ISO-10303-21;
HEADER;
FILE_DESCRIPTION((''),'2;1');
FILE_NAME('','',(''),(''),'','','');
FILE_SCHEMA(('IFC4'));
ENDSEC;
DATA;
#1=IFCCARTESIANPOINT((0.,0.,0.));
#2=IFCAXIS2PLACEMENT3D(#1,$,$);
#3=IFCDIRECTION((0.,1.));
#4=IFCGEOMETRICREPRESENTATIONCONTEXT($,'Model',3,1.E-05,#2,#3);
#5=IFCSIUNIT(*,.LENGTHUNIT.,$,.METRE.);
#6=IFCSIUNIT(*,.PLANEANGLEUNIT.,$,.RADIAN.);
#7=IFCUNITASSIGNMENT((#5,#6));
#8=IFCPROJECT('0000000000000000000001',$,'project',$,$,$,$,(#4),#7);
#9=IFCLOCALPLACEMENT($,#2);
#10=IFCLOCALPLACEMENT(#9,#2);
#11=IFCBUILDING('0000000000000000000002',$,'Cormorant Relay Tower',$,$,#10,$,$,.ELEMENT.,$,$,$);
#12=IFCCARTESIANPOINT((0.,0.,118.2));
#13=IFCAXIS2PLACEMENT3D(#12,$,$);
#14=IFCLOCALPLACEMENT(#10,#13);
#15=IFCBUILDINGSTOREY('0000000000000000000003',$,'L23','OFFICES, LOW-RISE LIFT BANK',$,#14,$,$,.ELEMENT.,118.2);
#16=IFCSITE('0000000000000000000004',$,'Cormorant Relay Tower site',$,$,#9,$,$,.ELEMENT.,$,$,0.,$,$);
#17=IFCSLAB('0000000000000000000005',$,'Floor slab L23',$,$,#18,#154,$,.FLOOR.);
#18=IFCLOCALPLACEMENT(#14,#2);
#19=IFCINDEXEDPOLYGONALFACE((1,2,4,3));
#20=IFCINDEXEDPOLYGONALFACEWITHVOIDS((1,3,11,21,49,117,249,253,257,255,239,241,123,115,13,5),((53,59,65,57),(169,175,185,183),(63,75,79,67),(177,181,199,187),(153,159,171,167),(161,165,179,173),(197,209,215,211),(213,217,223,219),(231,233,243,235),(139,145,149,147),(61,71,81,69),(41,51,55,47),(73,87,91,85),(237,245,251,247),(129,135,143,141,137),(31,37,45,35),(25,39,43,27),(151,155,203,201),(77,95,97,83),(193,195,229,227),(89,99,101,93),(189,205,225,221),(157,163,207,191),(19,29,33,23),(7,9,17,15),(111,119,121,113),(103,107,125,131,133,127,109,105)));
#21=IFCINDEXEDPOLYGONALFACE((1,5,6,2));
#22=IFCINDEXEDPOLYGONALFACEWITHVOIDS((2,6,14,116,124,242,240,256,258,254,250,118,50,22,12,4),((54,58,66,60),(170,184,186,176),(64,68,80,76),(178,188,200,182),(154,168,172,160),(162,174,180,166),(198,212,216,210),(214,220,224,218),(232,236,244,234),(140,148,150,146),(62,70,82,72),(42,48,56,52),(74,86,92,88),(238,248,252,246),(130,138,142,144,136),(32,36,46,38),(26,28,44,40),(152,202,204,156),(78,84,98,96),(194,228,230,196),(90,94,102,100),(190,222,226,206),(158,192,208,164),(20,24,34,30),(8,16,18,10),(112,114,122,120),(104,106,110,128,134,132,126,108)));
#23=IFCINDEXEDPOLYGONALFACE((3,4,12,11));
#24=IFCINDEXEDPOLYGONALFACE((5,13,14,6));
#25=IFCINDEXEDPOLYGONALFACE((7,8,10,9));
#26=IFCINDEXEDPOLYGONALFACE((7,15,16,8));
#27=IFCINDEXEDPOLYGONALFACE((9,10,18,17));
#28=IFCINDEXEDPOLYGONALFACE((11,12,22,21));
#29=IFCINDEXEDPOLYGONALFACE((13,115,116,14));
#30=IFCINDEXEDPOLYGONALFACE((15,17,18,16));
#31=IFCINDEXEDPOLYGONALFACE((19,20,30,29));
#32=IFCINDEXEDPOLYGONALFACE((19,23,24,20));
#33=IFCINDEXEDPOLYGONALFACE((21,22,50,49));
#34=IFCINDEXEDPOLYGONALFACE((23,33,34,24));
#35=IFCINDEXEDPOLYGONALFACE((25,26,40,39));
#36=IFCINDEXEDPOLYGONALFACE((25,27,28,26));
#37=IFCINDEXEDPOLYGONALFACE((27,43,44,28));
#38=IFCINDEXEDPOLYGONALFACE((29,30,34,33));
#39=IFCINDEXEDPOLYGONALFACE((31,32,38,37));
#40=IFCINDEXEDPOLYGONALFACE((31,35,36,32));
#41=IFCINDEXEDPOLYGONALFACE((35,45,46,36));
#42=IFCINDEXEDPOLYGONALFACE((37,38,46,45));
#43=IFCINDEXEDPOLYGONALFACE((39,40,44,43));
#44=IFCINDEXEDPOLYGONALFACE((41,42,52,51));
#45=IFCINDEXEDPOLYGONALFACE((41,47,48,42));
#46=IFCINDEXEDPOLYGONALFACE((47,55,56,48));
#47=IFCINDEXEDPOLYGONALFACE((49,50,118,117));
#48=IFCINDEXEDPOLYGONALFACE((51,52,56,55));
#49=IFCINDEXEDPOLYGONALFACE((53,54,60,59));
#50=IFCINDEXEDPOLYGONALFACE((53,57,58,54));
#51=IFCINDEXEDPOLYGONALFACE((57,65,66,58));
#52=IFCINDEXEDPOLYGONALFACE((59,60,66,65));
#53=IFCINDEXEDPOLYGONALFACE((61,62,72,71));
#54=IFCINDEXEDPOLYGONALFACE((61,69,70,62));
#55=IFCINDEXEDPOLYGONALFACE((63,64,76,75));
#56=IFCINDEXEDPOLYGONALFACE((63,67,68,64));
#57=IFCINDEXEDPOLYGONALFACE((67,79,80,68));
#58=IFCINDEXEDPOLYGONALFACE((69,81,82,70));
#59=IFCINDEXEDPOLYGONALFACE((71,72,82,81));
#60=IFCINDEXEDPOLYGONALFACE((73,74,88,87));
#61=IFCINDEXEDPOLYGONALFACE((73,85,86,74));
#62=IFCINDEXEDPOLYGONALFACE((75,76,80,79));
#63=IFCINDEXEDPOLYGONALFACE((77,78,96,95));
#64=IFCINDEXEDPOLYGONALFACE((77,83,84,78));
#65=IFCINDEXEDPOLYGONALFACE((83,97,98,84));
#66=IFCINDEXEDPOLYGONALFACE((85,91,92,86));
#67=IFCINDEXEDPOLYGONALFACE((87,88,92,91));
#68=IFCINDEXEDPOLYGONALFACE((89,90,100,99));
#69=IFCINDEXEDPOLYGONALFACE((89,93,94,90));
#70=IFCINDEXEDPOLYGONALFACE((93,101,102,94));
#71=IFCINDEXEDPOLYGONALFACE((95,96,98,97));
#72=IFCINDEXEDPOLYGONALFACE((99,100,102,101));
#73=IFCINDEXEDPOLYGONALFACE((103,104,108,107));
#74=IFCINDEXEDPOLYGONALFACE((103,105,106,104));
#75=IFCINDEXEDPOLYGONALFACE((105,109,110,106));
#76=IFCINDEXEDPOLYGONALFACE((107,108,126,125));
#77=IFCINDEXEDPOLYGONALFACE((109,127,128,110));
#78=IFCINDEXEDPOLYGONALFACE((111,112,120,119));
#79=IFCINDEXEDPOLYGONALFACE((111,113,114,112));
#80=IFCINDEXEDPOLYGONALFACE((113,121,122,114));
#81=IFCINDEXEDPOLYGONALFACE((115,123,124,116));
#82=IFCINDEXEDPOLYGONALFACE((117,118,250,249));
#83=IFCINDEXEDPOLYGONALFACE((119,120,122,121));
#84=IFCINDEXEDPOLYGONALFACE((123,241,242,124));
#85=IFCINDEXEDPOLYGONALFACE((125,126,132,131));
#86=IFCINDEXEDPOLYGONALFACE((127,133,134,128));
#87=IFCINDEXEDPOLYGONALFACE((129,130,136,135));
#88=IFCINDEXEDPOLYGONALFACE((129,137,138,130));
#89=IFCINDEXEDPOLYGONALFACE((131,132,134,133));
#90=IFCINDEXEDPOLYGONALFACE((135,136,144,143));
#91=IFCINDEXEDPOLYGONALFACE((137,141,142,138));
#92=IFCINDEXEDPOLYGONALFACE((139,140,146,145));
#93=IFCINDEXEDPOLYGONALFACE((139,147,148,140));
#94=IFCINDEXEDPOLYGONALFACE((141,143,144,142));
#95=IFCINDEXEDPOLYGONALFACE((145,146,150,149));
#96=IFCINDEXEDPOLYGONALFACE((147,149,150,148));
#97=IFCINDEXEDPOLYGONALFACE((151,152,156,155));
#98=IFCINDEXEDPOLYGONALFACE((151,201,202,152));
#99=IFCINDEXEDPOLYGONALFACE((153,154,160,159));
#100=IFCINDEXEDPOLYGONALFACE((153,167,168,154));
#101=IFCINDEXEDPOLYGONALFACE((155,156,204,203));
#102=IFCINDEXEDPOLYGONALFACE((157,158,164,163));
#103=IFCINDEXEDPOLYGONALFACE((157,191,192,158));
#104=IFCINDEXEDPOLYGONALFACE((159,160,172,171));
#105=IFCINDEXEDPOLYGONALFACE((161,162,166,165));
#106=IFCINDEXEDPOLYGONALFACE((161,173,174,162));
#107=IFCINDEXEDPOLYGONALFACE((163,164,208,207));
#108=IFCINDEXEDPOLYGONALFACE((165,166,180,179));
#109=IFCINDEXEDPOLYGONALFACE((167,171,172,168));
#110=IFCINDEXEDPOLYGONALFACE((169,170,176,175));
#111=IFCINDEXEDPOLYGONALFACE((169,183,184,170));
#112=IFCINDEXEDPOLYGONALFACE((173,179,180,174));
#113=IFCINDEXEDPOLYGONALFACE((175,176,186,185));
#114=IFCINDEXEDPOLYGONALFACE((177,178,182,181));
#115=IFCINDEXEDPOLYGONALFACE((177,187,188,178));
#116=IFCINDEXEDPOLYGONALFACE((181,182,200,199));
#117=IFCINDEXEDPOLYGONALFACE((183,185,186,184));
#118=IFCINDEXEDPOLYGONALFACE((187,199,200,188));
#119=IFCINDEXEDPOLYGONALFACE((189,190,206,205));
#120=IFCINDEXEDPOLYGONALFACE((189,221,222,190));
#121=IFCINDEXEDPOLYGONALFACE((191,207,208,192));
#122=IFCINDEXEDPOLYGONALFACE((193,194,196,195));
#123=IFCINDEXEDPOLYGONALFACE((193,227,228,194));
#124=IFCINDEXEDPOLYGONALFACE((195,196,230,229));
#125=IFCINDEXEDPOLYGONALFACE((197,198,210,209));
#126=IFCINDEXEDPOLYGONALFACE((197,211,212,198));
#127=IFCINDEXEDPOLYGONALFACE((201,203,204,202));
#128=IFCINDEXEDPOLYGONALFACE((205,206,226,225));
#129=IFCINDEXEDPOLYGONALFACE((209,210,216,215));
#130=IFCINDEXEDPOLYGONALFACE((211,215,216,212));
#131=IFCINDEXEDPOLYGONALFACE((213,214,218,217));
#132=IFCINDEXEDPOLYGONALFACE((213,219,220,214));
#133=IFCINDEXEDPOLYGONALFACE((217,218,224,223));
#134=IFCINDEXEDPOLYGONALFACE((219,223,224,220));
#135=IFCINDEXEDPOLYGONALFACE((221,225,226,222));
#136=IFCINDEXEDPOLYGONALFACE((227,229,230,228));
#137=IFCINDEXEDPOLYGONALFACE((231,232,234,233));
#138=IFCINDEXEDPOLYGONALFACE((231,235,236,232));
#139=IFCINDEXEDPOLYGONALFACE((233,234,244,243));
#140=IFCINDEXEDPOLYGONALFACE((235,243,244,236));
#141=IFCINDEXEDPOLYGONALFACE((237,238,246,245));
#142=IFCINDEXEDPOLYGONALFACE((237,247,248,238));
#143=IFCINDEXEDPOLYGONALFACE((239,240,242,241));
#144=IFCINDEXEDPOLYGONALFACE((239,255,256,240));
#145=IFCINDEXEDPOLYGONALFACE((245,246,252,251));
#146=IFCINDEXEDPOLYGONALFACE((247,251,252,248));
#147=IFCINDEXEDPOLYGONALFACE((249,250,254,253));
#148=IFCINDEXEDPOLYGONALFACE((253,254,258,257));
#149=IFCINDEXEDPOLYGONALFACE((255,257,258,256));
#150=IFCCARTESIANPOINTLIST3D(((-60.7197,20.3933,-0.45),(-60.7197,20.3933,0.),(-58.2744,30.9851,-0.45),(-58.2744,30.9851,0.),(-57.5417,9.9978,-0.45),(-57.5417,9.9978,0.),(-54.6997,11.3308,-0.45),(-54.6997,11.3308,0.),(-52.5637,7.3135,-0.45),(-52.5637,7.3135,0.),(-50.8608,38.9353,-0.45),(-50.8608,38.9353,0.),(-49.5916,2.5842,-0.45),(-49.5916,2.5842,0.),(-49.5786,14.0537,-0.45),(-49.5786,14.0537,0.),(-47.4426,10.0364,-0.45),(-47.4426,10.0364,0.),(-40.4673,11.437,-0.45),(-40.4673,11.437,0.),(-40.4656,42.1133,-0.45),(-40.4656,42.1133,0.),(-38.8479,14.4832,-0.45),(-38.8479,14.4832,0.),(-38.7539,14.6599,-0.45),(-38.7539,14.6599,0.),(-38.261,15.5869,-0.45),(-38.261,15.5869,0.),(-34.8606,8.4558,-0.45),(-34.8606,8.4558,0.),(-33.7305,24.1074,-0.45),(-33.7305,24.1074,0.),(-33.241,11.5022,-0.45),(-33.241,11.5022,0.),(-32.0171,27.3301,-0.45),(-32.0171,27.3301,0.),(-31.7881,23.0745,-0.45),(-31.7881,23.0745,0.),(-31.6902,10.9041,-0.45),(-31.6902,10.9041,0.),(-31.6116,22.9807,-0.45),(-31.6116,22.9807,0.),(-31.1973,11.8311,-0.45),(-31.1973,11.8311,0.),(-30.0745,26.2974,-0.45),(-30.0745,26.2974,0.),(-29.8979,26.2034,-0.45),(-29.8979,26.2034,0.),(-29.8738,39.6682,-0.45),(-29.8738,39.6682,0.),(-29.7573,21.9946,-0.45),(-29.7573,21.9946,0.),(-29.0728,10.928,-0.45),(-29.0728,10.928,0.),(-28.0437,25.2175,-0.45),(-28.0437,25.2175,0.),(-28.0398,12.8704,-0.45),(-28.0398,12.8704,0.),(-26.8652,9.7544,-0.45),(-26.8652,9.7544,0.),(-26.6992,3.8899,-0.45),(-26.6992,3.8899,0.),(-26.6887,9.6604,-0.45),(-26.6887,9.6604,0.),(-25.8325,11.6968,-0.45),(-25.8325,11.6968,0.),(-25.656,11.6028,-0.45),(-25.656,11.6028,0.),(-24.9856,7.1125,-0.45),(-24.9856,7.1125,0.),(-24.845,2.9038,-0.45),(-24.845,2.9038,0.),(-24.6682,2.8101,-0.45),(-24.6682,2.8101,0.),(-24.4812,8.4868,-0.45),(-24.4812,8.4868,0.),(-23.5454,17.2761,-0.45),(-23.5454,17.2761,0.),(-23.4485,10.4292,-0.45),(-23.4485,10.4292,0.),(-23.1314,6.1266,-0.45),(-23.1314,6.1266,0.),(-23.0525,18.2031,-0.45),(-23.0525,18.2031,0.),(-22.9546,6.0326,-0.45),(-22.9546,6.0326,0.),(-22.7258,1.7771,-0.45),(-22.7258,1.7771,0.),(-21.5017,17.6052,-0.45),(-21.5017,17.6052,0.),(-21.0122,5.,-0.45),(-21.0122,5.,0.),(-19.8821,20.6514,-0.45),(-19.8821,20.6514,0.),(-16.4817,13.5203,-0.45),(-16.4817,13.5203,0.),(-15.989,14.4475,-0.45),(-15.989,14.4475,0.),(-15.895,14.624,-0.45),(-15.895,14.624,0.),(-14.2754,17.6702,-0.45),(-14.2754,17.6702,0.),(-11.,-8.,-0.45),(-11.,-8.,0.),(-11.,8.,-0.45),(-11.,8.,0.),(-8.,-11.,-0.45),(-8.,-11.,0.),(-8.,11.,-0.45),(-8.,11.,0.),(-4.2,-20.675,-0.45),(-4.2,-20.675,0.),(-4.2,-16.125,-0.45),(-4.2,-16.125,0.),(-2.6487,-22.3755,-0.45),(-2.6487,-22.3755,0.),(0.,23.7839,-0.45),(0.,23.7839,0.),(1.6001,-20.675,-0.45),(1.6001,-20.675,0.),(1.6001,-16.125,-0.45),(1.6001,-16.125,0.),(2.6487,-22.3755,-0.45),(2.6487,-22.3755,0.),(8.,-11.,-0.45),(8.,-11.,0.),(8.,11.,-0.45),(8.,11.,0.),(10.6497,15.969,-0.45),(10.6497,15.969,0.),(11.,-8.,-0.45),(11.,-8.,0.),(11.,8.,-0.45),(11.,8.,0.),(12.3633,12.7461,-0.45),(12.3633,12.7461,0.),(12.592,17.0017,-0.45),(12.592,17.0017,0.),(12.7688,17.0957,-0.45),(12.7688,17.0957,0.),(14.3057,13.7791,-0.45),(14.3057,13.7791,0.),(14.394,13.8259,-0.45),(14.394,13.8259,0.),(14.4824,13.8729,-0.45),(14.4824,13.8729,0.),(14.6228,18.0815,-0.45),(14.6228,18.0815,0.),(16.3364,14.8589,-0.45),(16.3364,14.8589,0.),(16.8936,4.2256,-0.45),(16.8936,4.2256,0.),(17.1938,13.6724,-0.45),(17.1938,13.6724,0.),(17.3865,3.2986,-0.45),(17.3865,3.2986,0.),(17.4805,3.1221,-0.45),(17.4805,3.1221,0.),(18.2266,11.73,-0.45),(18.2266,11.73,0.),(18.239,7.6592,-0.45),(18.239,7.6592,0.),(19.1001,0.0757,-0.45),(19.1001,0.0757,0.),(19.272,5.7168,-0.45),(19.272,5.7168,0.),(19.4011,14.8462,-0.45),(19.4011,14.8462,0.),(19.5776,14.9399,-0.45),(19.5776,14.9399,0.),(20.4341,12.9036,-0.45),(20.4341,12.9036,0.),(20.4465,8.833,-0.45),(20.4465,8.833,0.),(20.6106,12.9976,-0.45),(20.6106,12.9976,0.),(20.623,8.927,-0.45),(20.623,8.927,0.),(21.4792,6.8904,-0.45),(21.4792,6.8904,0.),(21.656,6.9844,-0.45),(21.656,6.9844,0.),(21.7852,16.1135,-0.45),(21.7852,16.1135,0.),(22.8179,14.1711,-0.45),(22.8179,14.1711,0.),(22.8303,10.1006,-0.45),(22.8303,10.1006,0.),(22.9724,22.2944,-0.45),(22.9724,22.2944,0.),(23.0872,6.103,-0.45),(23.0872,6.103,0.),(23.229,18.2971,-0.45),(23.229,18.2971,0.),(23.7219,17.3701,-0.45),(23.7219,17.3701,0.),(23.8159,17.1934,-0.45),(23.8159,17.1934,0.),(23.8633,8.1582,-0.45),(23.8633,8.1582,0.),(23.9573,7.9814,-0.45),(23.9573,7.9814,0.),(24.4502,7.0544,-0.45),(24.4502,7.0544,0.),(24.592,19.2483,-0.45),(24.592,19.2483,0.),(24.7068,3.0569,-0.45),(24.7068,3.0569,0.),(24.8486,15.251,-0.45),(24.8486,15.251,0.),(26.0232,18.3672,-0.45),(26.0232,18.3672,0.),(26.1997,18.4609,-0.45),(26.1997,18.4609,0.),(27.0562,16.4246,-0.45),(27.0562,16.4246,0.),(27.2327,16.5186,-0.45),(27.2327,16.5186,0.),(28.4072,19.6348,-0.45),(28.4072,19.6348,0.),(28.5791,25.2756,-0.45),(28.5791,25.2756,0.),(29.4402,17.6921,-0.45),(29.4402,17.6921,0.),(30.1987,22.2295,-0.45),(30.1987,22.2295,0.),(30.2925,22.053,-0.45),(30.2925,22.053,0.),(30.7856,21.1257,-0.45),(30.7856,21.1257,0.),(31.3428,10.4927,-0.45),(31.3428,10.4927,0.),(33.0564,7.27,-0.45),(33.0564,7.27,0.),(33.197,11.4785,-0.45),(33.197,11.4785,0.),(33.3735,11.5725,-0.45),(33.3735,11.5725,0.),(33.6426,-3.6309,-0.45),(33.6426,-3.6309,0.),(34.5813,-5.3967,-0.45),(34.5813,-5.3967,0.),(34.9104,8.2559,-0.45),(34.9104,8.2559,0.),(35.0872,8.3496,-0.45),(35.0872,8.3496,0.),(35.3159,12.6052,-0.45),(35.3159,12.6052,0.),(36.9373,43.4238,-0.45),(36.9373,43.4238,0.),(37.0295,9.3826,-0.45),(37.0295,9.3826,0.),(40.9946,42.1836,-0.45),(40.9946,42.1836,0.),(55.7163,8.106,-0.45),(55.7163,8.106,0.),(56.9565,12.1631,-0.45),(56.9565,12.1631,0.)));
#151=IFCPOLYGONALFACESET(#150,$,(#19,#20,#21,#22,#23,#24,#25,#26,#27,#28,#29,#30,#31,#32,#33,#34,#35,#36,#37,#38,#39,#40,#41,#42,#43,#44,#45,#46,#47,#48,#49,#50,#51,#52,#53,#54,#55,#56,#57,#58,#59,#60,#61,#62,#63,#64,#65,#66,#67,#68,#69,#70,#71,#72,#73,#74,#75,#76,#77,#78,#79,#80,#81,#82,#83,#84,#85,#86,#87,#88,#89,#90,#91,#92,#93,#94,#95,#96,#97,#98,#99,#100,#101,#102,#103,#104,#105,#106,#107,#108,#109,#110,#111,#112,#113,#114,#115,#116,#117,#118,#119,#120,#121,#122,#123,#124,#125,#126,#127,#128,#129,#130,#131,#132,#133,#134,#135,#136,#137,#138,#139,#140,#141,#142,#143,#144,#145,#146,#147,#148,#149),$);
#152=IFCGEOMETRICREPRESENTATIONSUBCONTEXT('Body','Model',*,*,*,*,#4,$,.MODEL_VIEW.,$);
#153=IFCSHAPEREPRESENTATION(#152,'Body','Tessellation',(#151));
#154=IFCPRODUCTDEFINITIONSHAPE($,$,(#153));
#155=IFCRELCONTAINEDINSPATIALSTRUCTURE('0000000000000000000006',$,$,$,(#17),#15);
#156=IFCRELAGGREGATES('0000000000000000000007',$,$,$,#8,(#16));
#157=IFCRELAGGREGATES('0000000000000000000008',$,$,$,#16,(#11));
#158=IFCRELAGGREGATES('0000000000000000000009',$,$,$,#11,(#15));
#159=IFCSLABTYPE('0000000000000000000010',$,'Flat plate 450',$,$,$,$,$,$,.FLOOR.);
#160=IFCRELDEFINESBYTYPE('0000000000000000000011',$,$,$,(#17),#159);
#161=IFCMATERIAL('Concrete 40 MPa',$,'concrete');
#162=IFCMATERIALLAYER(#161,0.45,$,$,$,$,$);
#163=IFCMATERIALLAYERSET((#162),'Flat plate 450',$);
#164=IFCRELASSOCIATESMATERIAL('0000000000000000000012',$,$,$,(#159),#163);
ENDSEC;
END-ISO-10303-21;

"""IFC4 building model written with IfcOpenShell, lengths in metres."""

from ifc_helpers import new_model, si_unit, direction, frame, origin, place, context, subcontext, project, spatial, polyline, outline, extrude, material, layer, layer_set, type_object, element, save


model = new_model("IFC4")

# Units and contexts
model_context = context("Model", 3, precision=1e-05, world=origin(), true_north=direction((0.0, 1.0)))
body_context = subcontext(model_context, "Body", "Model", "MODEL_VIEW")
ifc_project = project(units=[si_unit("LENGTHUNIT", "METRE"), si_unit("PLANEANGLEUNIT", "RADIAN")], contexts=[model_context])

# Site, building, storey
site_placement = place(None, origin())
site = spatial("IfcSite", under=ifc_project, at=site_placement, Name="Cormorant Relay Tower site", CompositionType="ELEMENT", RefElevation=0.0)
building_placement = place(site_placement, origin())
building = spatial("IfcBuilding", under=site, at=building_placement, Name="Cormorant Relay Tower", CompositionType="ELEMENT")
storey_placement = place(building_placement, frame((0.0, 0.0, 118.2)))
storey = spatial("IfcBuildingStorey", under=building, at=storey_placement, Name="L23", Description="OFFICES, LOW-RISE LIFT BANK", CompositionType="ELEMENT", Elevation=118.2)

# Slab
ifc_material_1 = material(Name="Concrete 40 MPa", Category="concrete")
ifc_layer_1 = layer(ifc_material_1, 0.45)
ifc_layer_set_1 = layer_set([ifc_layer_1], Name="Flat plate 450")
slab_type_1 = type_object("IfcSlabType", Name="Flat plate 450", PredefinedType="FLOOR", material=ifc_layer_set_1)
slab_1_placement = place(storey_placement, frame((0.0, 0.0, -0.45)))
element("IfcSlab", 1, at=slab_1_placement, inside=storey, type_object=slab_type_1, Name="Floor slab L23", PredefinedType="FLOOR", context=body_context, shape_type="SweptSolid", body=[
    extrude(outline(polyline([(-60.7197, 20.3933), (-58.2744, 30.9851), (-50.8608, 38.9353), (-40.4656, 42.1133), (-29.8738, 39.6682), (0.0, 23.7839), (36.9373, 43.4238), (40.9946, 42.1836), (56.9565, 12.1631), (55.7163, 8.106), (33.6426, -3.6309), (34.5813, -5.3967), (2.6487, -22.3755), (-2.6487, -22.3755), (-49.5916, 2.5842), (-57.5417, 9.9978), (-60.7197, 20.3933)]), holes=[polyline([(11.0, -8.0), (11.0, 8.0), (8.0, 11.0), (-8.0, 11.0), (-11.0, 8.0), (-11.0, -8.0), (-8.0, -11.0), (8.0, -11.0), (11.0, -8.0)]), polyline([(-4.2, -16.125), (-4.2, -20.675), (1.6001, -20.675), (1.6001, -16.125), (-4.2, -16.125)]), polyline([(-22.9546, 6.0327), (-24.6682, 2.8101), (-22.7258, 1.7771), (-21.0122, 5.0), (-23.043, 6.0796), (-22.9546, 6.0327)]), polyline([(-24.9856, 7.1125), (-26.6992, 3.8899), (-24.845, 2.9038), (-23.1313, 6.1267), (-23.043, 6.0796), (-24.9856, 7.1125)]), polyline([(-24.4812, 8.4868), (-23.4485, 10.4292), (-25.656, 11.6028), (-26.6887, 9.6604), (-24.4812, 8.4868)]), polyline([(-49.5786, 14.0537), (-54.6997, 11.3308), (-52.5637, 7.3135), (-47.4426, 10.0364), (-49.5786, 14.0537)]), polyline([(-25.8325, 11.6968), (-28.0398, 12.8704), (-29.0728, 10.928), (-26.8652, 9.7544), (-25.8325, 11.6968)]), polyline([(-38.8479, 14.4832), (-40.4673, 11.437), (-34.8606, 8.4558), (-33.241, 11.5022), (-38.8479, 14.4832)]), polyline([(-38.261, 15.5869), (-38.7539, 14.6599), (-31.6902, 10.9041), (-31.1973, 11.8311), (-38.261, 15.5869)]), polyline([(14.3057, 13.7791), (12.592, 17.0017), (10.6497, 15.969), (12.3633, 12.7461), (14.394, 13.8259), (14.3057, 13.7791)]), polyline([(16.3364, 14.8589), (14.6228, 18.0815), (12.7688, 17.0957), (14.4824, 13.8728), (14.394, 13.8259), (16.3364, 14.8589)]), polyline([(-16.4817, 13.5203), (-15.989, 14.4475), (-23.0525, 18.2031), (-23.5454, 17.2761), (-16.4817, 13.5203)]), polyline([(-21.5017, 17.6052), (-15.895, 14.624), (-14.2754, 17.6702), (-19.8821, 20.6514), (-21.5017, 17.6052)]), polyline([(-31.6116, 22.9807), (-29.7573, 21.9946), (-28.0437, 25.2175), (-29.8979, 26.2034), (-31.6116, 22.9807)]), polyline([(-32.0171, 27.3301), (-33.7305, 24.1074), (-31.7881, 23.0745), (-30.0745, 26.2974), (-32.0171, 27.3301)]), polyline([(17.4805, 3.1221), (19.1001, 0.0757), (24.7068, 3.0569), (23.0872, 6.103), (17.4805, 3.1221)]), polyline([(16.8936, 4.2256), (17.3865, 3.2986), (24.4502, 7.0544), (23.9573, 7.9814), (16.8936, 4.2256)]), polyline([(20.4465, 8.833), (18.239, 7.6592), (19.272, 5.7168), (21.4792, 6.8904), (20.4465, 8.833)]), polyline([(21.656, 6.9844), (23.8633, 8.1582), (22.8303, 10.1006), (20.623, 8.927), (21.656, 6.9844)]), polyline([(33.197, 11.4785), (31.3428, 10.4927), (33.0564, 7.27), (34.9104, 8.2559), (33.197, 11.4785)]), polyline([(33.3735, 11.5725), (35.0872, 8.3496), (37.0295, 9.3826), (35.3159, 12.6052), (33.3735, 11.5725)]), polyline([(17.1938, 13.6724), (18.2266, 11.73), (20.4341, 12.9036), (19.4011, 14.8462), (17.1938, 13.6724)]), polyline([(20.6106, 12.9976), (22.8179, 14.1711), (21.7852, 16.1135), (19.5776, 14.9399), (20.6106, 12.9976)]), polyline([(26.0232, 18.3672), (23.8159, 17.1934), (24.8486, 15.251), (27.0562, 16.4246), (26.0232, 18.3672)]), polyline([(29.4402, 17.6921), (28.4072, 19.6348), (26.1997, 18.4609), (27.2327, 16.5186), (29.4402, 17.6921)]), polyline([(30.7856, 21.1257), (30.2925, 22.053), (23.229, 18.2971), (23.7219, 17.3701), (30.7856, 21.1257)]), polyline([(24.592, 19.2483), (30.1987, 22.2295), (28.5791, 25.2756), (22.9724, 22.2944), (24.592, 19.2483)])]), origin(), (0.0, 0.0, 1.0), 0.45),
])

save(model, "model.ifc")
